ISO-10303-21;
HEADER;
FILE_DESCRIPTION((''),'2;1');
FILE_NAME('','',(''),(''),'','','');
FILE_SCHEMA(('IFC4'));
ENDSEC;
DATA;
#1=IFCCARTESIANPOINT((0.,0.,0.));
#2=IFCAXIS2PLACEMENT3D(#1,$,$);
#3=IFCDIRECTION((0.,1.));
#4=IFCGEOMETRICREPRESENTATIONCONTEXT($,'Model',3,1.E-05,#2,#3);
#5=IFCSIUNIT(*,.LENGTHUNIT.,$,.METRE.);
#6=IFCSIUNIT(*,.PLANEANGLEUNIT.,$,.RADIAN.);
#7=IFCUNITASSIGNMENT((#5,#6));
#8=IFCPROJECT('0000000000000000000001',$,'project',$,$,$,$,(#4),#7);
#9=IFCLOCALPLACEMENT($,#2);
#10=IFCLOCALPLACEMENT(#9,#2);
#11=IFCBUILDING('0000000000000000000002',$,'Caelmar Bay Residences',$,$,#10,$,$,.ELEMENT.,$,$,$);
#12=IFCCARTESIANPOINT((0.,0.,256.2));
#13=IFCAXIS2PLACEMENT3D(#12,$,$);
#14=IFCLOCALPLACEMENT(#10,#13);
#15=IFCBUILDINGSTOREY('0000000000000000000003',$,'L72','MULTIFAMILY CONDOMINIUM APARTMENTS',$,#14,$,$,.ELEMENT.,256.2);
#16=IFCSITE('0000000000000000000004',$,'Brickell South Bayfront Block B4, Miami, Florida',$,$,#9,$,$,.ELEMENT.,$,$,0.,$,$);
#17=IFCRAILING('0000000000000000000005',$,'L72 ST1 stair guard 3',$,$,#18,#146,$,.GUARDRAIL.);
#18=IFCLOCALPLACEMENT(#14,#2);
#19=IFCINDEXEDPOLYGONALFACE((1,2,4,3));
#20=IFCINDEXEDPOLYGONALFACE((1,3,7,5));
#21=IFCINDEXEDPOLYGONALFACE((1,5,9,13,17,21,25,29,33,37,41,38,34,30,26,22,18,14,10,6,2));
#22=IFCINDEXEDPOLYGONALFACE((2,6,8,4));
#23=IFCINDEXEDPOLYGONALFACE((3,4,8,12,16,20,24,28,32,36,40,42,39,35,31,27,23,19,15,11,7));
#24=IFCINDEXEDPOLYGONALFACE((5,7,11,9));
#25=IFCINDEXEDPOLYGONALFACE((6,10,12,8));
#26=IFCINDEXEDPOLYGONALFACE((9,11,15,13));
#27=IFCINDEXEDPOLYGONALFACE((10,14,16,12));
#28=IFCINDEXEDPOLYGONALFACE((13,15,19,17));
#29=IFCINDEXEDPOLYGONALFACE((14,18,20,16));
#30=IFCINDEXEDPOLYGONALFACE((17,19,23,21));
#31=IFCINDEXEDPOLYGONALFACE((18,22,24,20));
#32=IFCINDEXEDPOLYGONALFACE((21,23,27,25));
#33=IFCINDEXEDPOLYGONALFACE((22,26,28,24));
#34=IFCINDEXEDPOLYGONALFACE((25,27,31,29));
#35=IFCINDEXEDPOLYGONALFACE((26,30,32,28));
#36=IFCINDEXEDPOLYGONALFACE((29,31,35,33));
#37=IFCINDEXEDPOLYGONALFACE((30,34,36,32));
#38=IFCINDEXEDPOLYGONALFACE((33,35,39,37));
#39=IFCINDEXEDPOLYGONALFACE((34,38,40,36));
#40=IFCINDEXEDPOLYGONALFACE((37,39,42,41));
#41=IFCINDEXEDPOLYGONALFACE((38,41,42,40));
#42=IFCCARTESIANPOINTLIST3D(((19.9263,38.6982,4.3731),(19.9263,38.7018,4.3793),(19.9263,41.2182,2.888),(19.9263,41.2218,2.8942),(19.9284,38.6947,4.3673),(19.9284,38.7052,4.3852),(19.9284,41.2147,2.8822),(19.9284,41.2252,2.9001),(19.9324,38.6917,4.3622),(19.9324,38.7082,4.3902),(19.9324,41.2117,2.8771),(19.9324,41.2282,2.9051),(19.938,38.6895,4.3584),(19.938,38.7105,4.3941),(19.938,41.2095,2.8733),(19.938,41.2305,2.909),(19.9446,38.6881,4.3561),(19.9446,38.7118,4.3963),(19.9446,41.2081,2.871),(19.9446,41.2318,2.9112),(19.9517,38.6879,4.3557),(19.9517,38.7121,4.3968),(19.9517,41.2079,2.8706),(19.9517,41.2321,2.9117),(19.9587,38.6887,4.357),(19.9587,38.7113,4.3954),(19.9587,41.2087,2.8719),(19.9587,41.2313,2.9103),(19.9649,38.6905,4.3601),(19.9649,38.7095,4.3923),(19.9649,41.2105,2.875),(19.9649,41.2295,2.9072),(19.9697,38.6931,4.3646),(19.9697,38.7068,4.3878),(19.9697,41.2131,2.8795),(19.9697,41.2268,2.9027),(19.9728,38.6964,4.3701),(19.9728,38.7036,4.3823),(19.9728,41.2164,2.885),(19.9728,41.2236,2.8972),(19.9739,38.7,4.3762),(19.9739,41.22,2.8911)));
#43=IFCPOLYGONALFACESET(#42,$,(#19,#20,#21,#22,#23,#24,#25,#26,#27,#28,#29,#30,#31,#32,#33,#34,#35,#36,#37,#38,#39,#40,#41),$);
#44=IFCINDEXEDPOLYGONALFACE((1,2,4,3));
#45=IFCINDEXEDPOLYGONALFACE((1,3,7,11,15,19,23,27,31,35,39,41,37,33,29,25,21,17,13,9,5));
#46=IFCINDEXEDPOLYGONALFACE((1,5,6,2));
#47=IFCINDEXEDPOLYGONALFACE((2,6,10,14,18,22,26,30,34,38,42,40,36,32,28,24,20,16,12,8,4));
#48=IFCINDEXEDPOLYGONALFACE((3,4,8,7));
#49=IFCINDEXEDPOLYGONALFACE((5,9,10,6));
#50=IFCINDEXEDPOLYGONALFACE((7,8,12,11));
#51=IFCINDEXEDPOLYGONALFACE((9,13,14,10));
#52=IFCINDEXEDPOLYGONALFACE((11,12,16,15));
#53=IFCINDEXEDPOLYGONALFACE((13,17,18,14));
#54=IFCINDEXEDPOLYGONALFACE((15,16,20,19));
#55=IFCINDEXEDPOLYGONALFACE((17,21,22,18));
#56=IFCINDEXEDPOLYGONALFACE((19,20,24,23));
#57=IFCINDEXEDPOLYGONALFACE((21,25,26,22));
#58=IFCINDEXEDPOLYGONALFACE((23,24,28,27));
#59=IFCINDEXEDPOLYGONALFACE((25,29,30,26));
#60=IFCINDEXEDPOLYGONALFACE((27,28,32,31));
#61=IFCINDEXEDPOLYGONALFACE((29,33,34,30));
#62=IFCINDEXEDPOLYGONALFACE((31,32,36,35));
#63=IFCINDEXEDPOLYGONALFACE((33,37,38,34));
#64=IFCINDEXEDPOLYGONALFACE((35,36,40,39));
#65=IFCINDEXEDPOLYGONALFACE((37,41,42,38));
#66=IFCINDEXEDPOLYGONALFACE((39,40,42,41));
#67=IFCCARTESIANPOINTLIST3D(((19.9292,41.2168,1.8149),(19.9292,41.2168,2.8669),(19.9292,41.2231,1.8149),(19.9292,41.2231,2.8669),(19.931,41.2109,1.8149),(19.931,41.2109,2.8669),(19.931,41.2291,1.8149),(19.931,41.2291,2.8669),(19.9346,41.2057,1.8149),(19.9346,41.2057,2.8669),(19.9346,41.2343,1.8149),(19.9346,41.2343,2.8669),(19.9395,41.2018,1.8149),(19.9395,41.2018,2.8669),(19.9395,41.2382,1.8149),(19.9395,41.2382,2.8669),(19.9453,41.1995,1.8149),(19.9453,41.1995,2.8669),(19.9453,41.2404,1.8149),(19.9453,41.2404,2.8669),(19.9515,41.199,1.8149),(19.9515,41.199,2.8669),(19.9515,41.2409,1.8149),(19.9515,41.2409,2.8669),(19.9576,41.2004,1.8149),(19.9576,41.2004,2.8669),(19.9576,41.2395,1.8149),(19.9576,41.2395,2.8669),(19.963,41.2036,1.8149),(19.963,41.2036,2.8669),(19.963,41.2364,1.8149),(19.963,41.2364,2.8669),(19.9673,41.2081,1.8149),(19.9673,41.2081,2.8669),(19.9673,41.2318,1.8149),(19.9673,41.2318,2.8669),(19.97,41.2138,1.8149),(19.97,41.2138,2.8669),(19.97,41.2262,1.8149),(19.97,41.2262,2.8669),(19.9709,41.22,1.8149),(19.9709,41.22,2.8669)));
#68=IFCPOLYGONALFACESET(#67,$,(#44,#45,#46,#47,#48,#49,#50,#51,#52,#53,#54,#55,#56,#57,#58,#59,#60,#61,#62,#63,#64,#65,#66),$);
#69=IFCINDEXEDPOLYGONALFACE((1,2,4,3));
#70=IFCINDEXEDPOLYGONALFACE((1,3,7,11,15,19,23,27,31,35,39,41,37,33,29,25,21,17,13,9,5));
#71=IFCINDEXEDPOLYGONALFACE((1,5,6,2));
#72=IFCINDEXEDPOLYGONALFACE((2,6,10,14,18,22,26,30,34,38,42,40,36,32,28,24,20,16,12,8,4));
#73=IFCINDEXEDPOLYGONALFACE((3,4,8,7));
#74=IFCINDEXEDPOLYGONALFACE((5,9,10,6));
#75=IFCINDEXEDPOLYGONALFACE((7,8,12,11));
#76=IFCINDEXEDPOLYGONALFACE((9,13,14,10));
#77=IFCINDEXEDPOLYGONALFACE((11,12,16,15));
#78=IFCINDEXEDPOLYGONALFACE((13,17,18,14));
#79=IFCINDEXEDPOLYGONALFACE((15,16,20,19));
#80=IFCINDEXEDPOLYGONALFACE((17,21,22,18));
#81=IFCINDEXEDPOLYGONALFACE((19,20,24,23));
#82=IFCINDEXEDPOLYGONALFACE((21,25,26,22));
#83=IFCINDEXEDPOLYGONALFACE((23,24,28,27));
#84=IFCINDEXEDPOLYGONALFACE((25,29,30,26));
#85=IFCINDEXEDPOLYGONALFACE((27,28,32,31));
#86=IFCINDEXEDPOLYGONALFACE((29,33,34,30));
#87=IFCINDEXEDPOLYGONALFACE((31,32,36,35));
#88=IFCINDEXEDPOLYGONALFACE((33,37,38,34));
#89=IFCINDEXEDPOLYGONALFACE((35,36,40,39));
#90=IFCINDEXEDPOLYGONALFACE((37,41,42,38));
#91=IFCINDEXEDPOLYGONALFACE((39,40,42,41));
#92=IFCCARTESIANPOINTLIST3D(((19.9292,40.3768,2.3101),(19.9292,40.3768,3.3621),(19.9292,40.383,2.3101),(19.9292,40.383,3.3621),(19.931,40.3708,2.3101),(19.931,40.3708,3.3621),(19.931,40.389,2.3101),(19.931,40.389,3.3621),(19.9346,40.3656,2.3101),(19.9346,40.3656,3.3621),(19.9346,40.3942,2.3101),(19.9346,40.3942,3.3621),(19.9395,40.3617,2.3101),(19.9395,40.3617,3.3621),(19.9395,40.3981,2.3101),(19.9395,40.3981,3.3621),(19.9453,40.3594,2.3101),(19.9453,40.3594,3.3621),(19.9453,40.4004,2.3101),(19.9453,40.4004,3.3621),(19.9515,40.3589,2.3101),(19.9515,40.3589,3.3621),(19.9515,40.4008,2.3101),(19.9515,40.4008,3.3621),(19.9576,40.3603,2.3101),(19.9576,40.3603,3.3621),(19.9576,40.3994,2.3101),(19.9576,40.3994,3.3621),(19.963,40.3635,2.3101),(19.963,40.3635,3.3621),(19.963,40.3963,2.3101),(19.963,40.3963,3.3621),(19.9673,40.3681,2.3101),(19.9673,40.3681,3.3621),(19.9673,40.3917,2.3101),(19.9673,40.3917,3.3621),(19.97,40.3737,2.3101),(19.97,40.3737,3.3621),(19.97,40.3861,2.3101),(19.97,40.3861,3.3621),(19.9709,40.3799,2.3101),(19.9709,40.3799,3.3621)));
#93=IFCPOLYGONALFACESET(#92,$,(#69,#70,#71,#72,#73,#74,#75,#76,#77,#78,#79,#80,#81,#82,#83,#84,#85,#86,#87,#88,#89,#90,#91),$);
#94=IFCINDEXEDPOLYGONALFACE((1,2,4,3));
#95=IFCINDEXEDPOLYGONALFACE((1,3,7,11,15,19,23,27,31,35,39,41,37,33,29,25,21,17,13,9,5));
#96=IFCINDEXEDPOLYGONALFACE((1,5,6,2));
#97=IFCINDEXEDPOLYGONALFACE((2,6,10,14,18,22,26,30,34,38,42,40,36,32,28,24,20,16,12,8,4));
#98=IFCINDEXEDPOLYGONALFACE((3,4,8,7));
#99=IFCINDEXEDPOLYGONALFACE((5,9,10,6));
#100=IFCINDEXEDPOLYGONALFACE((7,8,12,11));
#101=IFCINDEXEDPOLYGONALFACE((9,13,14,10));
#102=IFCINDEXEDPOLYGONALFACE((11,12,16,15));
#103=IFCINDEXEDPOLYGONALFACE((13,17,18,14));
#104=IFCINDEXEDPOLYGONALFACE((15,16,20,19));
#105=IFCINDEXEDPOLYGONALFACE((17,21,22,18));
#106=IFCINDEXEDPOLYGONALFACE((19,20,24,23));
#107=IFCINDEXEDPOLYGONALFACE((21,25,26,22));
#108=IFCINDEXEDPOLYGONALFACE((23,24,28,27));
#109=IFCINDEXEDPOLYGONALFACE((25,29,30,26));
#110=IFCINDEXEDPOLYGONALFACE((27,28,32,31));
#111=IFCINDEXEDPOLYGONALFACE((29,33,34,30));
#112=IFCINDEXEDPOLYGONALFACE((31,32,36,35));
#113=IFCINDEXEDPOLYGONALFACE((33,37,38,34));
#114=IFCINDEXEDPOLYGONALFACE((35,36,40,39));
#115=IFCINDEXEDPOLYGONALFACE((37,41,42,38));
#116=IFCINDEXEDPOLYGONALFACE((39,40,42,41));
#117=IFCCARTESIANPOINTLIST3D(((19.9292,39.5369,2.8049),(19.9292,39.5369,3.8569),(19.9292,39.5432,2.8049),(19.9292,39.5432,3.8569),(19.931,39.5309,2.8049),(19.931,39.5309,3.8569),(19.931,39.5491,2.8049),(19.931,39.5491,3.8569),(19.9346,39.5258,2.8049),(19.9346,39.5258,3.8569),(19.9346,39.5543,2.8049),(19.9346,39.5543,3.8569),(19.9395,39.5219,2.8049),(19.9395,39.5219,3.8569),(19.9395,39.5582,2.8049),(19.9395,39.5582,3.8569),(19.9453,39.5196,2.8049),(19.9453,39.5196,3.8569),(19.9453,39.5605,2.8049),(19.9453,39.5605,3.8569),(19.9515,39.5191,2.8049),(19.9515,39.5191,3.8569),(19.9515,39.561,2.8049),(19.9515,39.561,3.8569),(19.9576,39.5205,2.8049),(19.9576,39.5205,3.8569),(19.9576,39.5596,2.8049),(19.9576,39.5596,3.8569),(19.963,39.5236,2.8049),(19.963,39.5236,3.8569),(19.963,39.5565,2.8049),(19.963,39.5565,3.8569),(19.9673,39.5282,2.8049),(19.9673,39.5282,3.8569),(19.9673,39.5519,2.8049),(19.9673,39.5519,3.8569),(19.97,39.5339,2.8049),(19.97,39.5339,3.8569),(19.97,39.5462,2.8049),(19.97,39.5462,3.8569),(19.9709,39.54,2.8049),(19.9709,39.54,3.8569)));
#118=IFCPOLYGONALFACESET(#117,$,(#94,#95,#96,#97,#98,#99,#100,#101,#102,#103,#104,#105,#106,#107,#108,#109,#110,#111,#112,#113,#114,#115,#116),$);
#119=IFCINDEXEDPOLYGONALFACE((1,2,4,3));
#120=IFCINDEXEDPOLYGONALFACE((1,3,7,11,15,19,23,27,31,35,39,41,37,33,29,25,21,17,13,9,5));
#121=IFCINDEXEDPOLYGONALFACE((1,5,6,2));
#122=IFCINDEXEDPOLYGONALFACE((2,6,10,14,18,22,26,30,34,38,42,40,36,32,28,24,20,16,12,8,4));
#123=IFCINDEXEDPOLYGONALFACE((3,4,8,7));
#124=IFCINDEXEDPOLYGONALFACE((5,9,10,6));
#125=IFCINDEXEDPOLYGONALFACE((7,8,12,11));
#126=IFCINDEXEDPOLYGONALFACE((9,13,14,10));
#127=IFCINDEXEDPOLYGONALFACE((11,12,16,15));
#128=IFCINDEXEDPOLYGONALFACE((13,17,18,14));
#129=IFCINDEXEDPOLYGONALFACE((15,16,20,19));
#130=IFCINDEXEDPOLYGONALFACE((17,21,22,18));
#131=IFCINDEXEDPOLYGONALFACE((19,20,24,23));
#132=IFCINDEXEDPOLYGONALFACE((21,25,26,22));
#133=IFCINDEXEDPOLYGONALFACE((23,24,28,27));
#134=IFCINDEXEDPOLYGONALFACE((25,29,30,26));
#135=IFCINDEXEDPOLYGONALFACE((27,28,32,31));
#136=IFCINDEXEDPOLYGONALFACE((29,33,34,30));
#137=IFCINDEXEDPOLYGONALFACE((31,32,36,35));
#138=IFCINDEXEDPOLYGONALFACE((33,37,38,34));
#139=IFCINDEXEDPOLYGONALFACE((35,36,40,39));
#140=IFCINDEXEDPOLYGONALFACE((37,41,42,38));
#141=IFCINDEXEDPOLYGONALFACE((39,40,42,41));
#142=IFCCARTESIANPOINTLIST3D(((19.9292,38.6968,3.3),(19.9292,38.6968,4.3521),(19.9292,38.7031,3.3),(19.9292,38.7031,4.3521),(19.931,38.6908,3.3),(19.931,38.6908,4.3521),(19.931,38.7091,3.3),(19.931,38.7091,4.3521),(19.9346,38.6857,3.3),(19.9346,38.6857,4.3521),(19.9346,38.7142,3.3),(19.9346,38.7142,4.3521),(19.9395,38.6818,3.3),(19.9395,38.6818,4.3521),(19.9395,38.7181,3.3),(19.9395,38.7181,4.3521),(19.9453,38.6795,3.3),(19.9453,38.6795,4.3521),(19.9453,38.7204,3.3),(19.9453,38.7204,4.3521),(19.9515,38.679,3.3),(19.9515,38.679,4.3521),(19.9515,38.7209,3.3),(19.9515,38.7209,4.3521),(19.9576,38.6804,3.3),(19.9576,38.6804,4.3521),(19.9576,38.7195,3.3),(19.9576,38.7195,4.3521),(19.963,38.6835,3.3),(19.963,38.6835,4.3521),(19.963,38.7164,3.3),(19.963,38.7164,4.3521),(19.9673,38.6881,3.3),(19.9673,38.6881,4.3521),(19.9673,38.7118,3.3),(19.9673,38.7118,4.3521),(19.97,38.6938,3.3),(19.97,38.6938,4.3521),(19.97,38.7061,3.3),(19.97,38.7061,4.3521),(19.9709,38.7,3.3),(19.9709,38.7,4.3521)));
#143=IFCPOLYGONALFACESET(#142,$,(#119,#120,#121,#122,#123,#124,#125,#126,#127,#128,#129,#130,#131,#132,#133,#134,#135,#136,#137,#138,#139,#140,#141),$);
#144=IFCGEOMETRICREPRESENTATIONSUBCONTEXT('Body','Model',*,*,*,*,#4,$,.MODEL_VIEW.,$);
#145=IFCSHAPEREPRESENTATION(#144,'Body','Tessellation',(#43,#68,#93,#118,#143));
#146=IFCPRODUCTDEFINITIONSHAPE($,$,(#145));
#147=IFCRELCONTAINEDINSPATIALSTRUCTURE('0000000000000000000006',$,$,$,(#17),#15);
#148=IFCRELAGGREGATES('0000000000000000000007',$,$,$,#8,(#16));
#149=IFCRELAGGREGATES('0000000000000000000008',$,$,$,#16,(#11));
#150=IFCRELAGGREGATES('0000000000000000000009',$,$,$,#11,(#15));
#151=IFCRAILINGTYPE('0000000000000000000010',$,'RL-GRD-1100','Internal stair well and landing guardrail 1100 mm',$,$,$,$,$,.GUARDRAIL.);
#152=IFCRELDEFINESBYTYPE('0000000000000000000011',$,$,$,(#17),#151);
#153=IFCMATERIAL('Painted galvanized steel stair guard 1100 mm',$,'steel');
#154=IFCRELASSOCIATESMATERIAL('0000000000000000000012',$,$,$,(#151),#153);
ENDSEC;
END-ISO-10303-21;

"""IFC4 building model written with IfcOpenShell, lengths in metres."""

from ifc_helpers import new_model, si_unit, direction, frame, origin, origin_2d, place, context, subcontext, project, spatial, circle, extrude, material, type_object, element, save


model = new_model("IFC4")

# Units and contexts
model_context = context("Model", 3, precision=1e-05, world=origin(), true_north=direction((0.0, 1.0)))
body_context = subcontext(model_context, "Body", "Model", "MODEL_VIEW")
ifc_project = project(units=[si_unit("LENGTHUNIT", "METRE"), si_unit("PLANEANGLEUNIT", "RADIAN")], contexts=[model_context])

# Site, building, storey
site_placement = place(None, origin())
site = spatial("IfcSite", under=ifc_project, at=site_placement, Name="Brickell South Bayfront Block B4, Miami, Florida", CompositionType="ELEMENT", RefElevation=0.0)
building_placement = place(site_placement, origin())
building = spatial("IfcBuilding", under=site, at=building_placement, Name="Caelmar Bay Residences", CompositionType="ELEMENT")
storey_placement = place(building_placement, frame((0.0, 0.0, 256.2)))
storey = spatial("IfcBuildingStorey", under=building, at=storey_placement, Name="L72", Description="MULTIFAMILY CONDOMINIUM APARTMENTS", CompositionType="ELEMENT", Elevation=256.2)

# Railing
ifc_material_1 = material(Name="Painted galvanized steel stair guard 1100 mm", Category="steel")
railing_type_1 = type_object("IfcRailingType", Name="RL-GRD-1100", Description="Internal stair well and landing guardrail 1100 mm", PredefinedType="GUARDRAIL", material=ifc_material_1)
railing_1_placement = place(storey_placement, frame((19.95, 41.22, 1.8149)))
element("IfcRailing", 1, at=railing_1_placement, inside=storey, type_object=railing_type_1, Name="L72 ST1 stair guard 3", PredefinedType="GUARDRAIL", context=body_context, shape_type="SweptSolid", body=[
    extrude(circle(Radius=0.0239, at=origin_2d()), frame((0.0, 0.0, 1.0762), z_axis=(0.0, -0.861524, 0.507717), x_axis=(1.0, 0.0, 0.0)), (0.0, 0.0, 1.0), 2.925),
    extrude(circle(Radius=0.021, at=origin_2d()), origin(), (0.0, 0.0, 1.0), 1.052),
    extrude(circle(Radius=0.021, at=origin_2d()), frame((0.0, -0.8401, 0.4951)), (0.0, 0.0, 1.0), 1.052),
    extrude(circle(Radius=0.021, at=origin_2d()), frame((0.0, -1.6799, 0.99)), (0.0, 0.0, 1.0), 1.052),
    extrude(circle(Radius=0.021, at=origin_2d()), frame((0.0, -2.52, 1.4851)), (0.0, 0.0, 1.0), 1.052),
])

save(model, "model.ifc")
